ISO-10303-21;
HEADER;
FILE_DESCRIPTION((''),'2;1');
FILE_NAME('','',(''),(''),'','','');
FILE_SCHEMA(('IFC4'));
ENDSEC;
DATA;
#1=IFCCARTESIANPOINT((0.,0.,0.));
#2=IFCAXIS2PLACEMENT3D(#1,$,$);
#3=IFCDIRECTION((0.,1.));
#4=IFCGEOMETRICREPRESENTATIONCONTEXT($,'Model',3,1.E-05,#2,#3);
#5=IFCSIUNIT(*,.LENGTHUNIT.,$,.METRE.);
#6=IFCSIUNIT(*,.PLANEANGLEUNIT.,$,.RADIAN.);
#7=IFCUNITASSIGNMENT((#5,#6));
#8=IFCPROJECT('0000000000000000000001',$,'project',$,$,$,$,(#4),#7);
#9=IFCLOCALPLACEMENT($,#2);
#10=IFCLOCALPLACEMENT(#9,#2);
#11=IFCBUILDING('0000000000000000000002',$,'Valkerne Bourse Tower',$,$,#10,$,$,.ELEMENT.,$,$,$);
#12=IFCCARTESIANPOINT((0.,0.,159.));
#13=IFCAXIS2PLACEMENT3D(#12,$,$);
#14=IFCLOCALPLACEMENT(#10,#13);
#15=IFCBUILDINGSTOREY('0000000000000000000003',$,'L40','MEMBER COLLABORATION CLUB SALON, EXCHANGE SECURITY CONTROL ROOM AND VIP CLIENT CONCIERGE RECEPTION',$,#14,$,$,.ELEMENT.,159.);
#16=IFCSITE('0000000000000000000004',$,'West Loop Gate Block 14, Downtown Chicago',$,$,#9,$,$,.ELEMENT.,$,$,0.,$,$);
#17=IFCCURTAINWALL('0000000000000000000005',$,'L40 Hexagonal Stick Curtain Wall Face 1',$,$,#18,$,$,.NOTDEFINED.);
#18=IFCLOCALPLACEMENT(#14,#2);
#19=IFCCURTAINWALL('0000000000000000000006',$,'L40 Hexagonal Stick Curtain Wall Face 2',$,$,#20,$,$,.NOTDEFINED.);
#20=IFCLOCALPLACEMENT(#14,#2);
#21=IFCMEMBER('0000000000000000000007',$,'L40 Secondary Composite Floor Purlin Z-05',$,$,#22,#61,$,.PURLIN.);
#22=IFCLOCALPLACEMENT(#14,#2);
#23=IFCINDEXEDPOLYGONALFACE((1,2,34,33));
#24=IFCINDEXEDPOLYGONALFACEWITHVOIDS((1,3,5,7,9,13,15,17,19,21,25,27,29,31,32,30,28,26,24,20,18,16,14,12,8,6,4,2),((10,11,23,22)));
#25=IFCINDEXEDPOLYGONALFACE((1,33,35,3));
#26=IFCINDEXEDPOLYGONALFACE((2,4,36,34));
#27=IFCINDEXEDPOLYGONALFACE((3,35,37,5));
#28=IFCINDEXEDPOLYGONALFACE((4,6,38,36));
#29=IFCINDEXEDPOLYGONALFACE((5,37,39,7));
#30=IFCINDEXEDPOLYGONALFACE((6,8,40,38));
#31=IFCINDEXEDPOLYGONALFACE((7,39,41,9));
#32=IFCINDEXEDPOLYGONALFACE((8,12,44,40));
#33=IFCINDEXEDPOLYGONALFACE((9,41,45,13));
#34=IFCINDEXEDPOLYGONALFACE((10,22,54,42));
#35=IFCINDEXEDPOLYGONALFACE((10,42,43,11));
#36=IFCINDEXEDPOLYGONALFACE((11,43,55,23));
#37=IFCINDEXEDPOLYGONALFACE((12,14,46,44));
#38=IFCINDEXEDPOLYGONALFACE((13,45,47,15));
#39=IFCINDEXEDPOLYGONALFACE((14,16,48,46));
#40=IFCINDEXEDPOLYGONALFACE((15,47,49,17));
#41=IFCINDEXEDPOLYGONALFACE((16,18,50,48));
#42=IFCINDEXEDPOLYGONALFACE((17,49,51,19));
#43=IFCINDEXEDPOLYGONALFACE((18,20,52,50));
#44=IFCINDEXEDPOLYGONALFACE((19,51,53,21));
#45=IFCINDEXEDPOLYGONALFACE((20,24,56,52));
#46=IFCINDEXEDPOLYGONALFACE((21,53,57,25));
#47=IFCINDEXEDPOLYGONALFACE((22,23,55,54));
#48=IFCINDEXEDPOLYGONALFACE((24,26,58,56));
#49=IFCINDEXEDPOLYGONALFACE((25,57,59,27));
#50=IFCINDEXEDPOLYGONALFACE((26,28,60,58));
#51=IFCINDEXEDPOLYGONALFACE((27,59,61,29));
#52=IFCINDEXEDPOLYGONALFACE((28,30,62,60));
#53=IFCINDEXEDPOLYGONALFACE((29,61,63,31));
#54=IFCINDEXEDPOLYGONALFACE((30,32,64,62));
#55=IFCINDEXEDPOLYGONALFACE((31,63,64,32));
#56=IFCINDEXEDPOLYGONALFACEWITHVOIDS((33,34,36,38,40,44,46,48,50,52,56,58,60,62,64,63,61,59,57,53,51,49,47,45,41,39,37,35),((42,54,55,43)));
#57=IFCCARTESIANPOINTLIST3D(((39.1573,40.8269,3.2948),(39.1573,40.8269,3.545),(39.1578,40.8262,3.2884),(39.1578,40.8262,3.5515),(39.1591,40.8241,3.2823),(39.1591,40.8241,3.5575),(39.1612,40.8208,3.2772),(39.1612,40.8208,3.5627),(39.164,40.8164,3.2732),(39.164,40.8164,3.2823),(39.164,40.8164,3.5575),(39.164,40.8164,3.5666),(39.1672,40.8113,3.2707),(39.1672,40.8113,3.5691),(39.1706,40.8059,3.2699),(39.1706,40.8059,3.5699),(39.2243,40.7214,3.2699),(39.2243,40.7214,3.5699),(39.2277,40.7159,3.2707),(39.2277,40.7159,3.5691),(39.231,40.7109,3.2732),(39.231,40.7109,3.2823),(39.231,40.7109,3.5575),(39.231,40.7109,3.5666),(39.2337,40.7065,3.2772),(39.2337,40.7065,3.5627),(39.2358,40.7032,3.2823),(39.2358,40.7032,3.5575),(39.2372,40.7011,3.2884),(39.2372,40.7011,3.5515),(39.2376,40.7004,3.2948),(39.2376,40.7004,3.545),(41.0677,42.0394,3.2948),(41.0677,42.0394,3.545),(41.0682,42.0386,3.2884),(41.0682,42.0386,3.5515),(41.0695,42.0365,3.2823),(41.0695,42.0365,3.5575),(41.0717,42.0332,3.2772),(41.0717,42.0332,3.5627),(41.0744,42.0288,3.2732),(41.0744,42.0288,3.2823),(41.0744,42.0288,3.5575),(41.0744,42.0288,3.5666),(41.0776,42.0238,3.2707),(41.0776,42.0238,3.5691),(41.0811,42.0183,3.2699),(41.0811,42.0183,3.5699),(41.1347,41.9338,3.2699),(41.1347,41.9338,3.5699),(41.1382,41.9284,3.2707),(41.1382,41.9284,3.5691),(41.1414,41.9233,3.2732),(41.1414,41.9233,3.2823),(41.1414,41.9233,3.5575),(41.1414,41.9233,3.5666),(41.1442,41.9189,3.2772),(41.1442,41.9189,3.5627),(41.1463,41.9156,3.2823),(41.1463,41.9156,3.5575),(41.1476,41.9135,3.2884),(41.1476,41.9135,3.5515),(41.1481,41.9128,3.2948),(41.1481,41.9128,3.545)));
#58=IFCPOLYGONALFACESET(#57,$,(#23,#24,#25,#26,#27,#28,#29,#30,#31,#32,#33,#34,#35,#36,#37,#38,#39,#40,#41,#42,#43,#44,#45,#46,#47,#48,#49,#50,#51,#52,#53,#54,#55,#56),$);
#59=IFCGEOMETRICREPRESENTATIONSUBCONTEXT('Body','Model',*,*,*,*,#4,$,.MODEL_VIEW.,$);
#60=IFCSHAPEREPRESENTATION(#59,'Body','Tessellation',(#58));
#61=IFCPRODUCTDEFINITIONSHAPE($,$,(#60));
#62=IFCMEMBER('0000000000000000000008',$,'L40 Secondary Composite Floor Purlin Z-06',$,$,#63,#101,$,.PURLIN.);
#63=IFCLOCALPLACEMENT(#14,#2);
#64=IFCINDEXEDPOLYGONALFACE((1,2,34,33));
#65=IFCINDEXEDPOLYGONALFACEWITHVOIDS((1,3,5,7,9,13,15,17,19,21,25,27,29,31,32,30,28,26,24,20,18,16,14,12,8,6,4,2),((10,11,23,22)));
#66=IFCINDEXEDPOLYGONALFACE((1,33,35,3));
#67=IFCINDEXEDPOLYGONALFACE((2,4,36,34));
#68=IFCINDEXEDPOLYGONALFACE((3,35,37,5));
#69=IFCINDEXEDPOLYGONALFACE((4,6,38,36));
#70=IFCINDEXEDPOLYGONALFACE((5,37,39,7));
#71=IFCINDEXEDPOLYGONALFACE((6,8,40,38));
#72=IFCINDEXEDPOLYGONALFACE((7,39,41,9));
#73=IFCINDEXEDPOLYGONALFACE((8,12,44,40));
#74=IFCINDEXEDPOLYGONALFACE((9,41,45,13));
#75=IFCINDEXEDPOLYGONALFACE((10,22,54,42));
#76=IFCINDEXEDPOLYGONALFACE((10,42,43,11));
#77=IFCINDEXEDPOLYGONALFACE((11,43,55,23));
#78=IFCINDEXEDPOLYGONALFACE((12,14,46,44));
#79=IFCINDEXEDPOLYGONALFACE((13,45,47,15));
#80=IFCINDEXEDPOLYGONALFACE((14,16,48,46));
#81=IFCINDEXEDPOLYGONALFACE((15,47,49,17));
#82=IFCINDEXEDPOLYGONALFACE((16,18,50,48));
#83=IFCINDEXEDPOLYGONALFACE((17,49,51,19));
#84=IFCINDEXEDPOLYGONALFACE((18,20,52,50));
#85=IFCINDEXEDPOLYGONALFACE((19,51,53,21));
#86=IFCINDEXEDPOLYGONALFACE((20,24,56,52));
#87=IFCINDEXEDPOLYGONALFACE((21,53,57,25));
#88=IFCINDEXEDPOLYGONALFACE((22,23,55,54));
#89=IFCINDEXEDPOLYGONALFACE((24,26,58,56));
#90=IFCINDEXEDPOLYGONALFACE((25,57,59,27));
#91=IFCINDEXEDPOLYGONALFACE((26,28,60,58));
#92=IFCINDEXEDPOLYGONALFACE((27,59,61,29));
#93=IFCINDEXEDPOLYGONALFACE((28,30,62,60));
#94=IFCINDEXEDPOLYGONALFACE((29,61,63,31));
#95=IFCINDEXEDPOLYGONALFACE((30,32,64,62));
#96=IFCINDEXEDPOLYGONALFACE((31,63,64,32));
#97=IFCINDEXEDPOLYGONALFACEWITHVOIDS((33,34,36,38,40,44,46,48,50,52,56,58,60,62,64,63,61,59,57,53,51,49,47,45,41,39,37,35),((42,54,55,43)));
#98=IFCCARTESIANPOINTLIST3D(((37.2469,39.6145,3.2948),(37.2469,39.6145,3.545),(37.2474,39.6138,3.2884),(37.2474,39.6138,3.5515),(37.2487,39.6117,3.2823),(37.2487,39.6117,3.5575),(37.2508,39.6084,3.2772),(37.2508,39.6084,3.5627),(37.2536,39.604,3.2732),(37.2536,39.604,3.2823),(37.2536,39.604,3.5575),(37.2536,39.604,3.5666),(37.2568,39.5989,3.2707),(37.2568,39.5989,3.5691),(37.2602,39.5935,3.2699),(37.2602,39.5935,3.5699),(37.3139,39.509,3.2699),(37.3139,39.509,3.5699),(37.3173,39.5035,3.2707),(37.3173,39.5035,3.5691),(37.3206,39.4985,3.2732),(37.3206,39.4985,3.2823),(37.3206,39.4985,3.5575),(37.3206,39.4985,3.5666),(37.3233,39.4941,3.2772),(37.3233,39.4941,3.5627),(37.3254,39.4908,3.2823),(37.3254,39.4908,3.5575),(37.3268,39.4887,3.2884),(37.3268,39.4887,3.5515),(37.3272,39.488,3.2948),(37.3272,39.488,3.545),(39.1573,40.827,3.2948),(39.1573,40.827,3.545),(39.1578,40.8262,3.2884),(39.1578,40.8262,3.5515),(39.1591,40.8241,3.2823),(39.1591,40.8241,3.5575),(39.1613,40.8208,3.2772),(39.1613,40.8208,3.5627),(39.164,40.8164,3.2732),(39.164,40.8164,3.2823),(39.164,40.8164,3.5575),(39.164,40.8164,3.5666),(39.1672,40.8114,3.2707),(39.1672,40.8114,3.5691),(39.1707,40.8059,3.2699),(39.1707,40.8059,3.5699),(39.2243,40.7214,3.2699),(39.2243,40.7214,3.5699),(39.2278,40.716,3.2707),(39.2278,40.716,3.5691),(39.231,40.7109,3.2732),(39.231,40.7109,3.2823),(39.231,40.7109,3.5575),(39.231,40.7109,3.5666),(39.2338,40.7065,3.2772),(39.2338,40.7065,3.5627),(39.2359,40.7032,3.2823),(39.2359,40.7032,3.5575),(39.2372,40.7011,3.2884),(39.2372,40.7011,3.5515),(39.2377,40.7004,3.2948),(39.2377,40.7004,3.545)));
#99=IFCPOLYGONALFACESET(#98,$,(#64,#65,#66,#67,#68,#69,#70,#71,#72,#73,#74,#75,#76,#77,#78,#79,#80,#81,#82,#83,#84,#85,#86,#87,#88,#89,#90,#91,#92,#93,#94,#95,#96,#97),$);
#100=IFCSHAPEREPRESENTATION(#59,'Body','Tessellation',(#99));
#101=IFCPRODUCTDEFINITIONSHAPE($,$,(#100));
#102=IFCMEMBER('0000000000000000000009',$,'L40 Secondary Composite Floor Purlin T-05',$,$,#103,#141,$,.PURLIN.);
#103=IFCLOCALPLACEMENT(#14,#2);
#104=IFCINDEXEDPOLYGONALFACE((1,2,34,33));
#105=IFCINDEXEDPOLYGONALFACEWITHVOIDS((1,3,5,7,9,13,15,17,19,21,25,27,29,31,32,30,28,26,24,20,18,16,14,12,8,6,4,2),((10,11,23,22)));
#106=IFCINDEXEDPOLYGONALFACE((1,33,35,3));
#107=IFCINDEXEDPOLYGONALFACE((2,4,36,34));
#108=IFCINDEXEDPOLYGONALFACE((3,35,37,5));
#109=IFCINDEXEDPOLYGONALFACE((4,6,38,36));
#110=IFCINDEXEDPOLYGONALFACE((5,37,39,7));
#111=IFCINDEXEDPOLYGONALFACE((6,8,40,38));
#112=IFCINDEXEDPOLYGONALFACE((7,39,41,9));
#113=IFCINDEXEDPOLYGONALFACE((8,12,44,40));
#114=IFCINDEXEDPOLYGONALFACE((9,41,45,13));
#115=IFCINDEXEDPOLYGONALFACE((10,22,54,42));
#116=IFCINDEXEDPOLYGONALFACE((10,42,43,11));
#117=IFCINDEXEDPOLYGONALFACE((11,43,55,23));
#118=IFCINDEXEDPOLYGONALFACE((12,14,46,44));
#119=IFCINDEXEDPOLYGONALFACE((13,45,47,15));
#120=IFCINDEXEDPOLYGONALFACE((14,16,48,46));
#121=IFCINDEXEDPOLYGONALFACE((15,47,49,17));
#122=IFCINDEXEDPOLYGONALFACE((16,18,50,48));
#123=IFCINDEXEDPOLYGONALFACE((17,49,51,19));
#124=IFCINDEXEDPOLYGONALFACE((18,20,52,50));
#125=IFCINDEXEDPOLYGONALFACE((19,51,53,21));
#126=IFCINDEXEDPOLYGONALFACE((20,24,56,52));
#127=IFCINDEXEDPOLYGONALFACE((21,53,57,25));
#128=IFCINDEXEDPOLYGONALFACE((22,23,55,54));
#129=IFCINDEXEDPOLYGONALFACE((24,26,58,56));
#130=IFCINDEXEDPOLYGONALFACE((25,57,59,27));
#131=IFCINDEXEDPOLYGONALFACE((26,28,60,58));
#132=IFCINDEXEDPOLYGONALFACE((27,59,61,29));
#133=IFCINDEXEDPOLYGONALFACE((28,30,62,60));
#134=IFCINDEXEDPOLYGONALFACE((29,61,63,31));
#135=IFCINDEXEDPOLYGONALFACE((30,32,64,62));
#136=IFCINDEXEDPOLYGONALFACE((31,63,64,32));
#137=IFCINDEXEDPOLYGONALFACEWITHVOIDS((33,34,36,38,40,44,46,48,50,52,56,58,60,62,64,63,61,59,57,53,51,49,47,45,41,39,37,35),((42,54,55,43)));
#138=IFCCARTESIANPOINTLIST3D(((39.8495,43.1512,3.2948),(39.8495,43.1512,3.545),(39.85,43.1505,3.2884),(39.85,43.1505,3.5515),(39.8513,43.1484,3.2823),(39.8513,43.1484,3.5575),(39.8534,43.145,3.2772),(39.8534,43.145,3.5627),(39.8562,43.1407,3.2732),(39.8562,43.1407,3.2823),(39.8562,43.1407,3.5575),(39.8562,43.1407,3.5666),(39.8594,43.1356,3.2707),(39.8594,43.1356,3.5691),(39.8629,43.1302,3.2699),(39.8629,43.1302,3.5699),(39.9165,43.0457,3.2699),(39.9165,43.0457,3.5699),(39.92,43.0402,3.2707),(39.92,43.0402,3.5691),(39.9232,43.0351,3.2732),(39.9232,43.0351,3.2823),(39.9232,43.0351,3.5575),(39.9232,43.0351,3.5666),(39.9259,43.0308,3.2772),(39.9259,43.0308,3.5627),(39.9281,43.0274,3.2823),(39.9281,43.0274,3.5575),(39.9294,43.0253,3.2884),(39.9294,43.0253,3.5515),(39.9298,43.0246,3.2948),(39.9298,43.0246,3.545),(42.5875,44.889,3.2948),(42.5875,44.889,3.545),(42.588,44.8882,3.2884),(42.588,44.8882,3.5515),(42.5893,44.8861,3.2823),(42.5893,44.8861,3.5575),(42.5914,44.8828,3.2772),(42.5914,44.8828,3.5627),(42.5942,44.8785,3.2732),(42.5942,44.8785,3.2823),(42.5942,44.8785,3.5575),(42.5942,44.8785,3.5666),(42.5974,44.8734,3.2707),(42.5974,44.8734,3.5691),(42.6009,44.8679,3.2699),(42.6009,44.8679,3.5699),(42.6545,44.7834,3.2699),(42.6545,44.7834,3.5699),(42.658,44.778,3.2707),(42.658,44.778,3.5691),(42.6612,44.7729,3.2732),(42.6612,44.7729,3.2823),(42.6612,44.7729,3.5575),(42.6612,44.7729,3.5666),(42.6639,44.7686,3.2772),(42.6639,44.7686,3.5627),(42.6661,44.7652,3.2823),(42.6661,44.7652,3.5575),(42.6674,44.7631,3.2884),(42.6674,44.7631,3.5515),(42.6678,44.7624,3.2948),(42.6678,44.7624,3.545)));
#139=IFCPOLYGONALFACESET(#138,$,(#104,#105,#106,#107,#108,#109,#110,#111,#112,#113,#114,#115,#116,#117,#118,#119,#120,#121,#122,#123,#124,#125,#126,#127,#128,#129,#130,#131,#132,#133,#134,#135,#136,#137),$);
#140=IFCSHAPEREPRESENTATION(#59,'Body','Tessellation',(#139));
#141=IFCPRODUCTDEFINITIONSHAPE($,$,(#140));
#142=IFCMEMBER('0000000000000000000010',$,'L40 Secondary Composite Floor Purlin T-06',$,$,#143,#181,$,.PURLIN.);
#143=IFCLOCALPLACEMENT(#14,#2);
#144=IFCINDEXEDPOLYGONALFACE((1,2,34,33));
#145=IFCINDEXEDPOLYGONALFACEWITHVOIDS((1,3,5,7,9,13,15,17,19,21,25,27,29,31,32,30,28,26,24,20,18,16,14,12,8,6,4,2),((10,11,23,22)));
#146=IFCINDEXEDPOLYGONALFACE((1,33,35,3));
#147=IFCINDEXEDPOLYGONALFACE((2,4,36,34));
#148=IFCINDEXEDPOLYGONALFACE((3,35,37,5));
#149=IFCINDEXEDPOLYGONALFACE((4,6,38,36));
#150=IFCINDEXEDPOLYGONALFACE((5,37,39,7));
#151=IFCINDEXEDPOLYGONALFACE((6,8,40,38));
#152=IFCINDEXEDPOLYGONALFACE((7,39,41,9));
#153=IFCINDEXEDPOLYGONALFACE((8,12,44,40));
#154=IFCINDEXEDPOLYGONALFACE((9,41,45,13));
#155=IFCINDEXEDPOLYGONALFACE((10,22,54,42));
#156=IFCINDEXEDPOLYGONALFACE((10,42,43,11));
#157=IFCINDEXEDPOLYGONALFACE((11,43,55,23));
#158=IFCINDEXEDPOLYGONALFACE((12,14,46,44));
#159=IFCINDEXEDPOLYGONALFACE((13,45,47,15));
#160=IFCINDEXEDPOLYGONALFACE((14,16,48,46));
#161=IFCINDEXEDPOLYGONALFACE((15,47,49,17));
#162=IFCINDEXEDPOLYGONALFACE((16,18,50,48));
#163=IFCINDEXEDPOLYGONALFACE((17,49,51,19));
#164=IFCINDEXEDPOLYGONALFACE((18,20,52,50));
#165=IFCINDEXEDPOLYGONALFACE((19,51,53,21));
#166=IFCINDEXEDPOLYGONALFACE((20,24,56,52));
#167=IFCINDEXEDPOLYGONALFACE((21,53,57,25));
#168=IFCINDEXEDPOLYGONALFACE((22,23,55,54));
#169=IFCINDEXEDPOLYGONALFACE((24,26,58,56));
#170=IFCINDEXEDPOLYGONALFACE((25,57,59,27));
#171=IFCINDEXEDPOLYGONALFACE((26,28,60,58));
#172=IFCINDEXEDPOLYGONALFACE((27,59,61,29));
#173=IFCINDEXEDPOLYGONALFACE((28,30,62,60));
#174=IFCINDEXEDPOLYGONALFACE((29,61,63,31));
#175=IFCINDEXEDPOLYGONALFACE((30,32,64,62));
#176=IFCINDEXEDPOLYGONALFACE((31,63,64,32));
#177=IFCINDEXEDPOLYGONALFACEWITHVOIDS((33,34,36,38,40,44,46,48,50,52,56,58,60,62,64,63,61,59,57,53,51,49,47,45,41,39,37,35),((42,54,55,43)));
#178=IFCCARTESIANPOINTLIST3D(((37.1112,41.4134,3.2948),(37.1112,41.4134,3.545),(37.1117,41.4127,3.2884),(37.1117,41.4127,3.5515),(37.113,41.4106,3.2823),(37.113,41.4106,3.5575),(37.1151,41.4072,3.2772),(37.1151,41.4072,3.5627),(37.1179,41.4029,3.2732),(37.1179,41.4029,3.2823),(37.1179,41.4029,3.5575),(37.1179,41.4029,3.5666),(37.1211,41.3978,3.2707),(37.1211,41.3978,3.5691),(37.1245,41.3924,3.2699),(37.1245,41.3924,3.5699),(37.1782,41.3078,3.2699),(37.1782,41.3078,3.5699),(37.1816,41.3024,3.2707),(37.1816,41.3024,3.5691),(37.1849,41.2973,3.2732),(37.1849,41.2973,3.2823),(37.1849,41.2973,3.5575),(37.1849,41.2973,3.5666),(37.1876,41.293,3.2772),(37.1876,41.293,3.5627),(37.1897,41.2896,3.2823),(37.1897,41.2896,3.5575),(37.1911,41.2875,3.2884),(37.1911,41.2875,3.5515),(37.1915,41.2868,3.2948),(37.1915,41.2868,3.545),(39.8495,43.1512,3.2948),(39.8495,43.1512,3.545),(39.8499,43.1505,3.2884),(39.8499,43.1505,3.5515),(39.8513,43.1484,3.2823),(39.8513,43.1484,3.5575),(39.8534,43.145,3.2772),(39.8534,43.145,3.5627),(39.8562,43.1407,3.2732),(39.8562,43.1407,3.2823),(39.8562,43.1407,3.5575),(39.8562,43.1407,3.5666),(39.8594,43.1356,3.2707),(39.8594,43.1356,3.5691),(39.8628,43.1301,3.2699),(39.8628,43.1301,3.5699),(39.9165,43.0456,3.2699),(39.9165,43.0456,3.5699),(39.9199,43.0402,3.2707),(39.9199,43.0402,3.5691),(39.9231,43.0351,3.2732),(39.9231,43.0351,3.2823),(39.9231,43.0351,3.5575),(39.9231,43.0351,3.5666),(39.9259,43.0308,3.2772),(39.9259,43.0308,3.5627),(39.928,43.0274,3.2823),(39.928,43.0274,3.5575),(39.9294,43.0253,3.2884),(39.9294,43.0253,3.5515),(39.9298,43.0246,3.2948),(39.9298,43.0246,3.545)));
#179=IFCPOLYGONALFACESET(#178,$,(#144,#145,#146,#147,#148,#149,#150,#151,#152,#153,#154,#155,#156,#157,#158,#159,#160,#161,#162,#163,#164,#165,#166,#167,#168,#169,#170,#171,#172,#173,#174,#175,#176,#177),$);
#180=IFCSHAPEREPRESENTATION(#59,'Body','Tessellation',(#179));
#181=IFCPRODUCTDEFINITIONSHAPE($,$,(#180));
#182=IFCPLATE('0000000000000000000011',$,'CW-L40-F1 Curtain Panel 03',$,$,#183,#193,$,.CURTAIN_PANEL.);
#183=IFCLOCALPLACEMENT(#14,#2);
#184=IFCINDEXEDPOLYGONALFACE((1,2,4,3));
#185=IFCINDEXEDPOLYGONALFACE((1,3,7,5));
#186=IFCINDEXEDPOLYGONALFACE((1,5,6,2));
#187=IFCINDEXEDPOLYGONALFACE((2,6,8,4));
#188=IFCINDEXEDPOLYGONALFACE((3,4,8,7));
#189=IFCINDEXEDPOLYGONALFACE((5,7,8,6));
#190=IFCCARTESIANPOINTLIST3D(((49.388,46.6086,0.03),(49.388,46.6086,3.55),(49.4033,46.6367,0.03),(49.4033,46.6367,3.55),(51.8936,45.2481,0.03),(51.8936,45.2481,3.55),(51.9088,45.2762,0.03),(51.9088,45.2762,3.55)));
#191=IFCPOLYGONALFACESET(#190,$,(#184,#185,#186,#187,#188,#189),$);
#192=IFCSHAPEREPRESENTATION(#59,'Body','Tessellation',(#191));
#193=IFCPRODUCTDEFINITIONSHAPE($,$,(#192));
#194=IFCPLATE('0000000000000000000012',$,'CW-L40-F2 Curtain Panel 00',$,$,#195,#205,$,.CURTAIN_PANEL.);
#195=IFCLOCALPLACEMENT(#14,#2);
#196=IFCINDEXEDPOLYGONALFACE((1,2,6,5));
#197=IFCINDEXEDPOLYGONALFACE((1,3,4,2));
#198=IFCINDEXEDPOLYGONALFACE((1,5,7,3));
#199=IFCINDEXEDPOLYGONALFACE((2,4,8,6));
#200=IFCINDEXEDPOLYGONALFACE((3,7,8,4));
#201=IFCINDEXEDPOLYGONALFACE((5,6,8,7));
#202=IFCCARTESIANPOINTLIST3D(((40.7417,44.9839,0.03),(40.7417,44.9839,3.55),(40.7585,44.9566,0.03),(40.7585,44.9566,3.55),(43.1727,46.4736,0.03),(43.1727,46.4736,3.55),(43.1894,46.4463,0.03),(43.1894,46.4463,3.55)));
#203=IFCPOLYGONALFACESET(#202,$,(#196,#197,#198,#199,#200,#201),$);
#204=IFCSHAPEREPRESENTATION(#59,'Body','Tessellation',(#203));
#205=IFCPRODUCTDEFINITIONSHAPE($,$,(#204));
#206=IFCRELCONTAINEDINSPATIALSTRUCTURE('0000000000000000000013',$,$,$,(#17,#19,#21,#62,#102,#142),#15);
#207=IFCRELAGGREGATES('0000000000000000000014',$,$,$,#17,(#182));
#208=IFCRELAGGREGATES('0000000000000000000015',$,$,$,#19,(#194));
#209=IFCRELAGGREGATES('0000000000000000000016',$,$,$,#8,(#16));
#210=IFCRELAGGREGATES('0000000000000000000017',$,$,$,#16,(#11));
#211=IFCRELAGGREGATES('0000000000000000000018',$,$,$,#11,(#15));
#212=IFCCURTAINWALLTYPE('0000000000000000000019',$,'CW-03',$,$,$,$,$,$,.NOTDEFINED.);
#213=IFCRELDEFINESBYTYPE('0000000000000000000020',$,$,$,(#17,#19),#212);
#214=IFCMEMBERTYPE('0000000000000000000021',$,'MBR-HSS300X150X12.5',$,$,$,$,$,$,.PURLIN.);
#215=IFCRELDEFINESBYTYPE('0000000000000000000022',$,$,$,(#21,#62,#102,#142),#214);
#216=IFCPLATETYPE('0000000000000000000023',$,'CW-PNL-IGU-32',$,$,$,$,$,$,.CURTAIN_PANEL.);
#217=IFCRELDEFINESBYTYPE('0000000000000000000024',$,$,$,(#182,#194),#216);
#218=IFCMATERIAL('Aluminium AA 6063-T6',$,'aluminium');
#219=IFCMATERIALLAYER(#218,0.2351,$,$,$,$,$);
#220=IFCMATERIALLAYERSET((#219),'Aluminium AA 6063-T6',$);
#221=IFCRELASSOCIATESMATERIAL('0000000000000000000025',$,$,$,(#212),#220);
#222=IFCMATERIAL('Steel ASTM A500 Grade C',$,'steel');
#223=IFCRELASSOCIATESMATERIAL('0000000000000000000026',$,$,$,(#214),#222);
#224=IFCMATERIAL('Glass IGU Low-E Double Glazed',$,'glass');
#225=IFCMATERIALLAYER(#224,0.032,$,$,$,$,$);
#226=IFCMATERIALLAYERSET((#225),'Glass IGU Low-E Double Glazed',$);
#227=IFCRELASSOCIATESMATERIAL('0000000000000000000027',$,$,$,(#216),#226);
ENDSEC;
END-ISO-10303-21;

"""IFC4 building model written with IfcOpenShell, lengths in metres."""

from ifc_helpers import new_model, si_unit, direction, frame, origin, origin_2d, place, context, subcontext, project, spatial, rectangle, hollow_rectangle, extrude, material, layer, layer_set, material_profile, profile_set, type_object, element, aggregate, save


model = new_model("IFC4")

# Units and contexts
model_context = context("Model", 3, precision=1e-05, world=origin(), true_north=direction((0.0, 1.0)))
body_context = subcontext(model_context, "Body", "Model", "MODEL_VIEW")
ifc_project = project(units=[si_unit("LENGTHUNIT", "METRE"), si_unit("PLANEANGLEUNIT", "RADIAN")], contexts=[model_context])

# Site, building, storey
site_placement = place(None, origin())
site = spatial("IfcSite", under=ifc_project, at=site_placement, Name="West Loop Gate Block 14, Downtown Chicago", CompositionType="ELEMENT", RefElevation=0.0)
building_placement = place(site_placement, origin())
building = spatial("IfcBuilding", under=site, at=building_placement, Name="Valkerne Bourse Tower", CompositionType="ELEMENT")
storey_placement = place(building_placement, frame((0.0, 0.0, 159.0)))
storey = spatial("IfcBuildingStorey", under=building, at=storey_placement, Name="L40", Description="MEMBER COLLABORATION CLUB SALON, EXCHANGE SECURITY CONTROL ROOM AND VIP CLIENT CONCIERGE RECEPTION", CompositionType="ELEMENT", Elevation=159.0)

# Curtain wall
ifc_material_1 = material(Name="Aluminium AA 6063-T6", Category="aluminium")
ifc_layer_1 = layer(ifc_material_1, 0.2351)
ifc_layer_set_1 = layer_set([ifc_layer_1], Name="Aluminium AA 6063-T6")
curtain_wall_type = type_object("IfcCurtainWallType", Name="CW-03", PredefinedType="NOTDEFINED", material=ifc_layer_set_1)
curtain_wall_1_placement = place(storey_placement, origin())
curtain_wall_1 = element("IfcCurtainWall", 1, at=curtain_wall_1_placement, inside=storey, type_object=curtain_wall_type, Name="L40 Hexagonal Stick Curtain Wall Face 1", PredefinedType="NOTDEFINED")

# Curtain wall
curtain_wall_2_placement = place(storey_placement, origin())
curtain_wall_2 = element("IfcCurtainWall", 2, at=curtain_wall_2_placement, inside=storey, type_object=curtain_wall_type, Name="L40 Hexagonal Stick Curtain Wall Face 2", PredefinedType="NOTDEFINED")

# Members
ifc_material_2 = material(Name="Steel ASTM A500 Grade C", Category="steel")
ifc_material_profile_1 = material_profile(ifc_material_2, hollow_rectangle(XDim=0.1499, YDim=0.3, WallThickness=0.0125, OuterFilletRadius=0.0249, at=origin_2d()), Name="HSS300X150X12.5")
ifc_profile_set_1 = profile_set([ifc_material_profile_1], Name="Steel ASTM A500 Grade C")
member_type_1 = type_object("IfcMemberType", Name="MBR-HSS300X150X12.5", PredefinedType="PURLIN", material=ifc_profile_set_1)
for number, where, z_axis, x_axis, name in (
    (3, (41.1079, 41.9761, 3.4199), (-0.844323, -0.535835, 0.0), (0.535835, -0.844323, 0.0), "L40 Secondary Composite Floor Purlin Z-05"),
    (4, (39.1975, 40.7637, 3.4199), (-0.844323, -0.535835, 0.0), (0.535835, -0.844323, 0.0), "L40 Secondary Composite Floor Purlin Z-06"),
):
    element("IfcMember", number, at=place(storey_placement, frame(where, z_axis=z_axis, x_axis=x_axis)), inside=storey, type_object=member_type_1, Name=name, PredefinedType="PURLIN", context=body_context, shape_type="SweptSolid", body=[
        extrude(hollow_rectangle(XDim=0.1499, YDim=0.3, WallThickness=0.0125, OuterFilletRadius=0.0249, at=origin_2d()), origin(), (0.0, 0.0, 1.0), 2.2627),
    ])
member_1_placement = place(storey_placement, frame((42.6277, 44.8257, 3.4199), z_axis=(-0.844303, -0.535867, 0.0), x_axis=(0.535867, -0.844303, 0.0)))
element("IfcMember", 5, at=member_1_placement, inside=storey, type_object=member_type_1, Name="L40 Secondary Composite Floor Purlin T-05", PredefinedType="PURLIN", context=body_context, shape_type="SweptSolid", body=[
    extrude(hollow_rectangle(XDim=0.1499, YDim=0.3, WallThickness=0.0125, OuterFilletRadius=0.0249, at=origin_2d()), origin(), (0.0, 0.0, 1.0), 3.2429),
])
member_2_placement = place(storey_placement, frame((39.8896, 43.0879, 3.4199), z_axis=(-0.844324, -0.535833, 0.0), x_axis=(0.535833, -0.844324, 0.0)))
element("IfcMember", 6, at=member_2_placement, inside=storey, type_object=member_type_1, Name="L40 Secondary Composite Floor Purlin T-06", PredefinedType="PURLIN", context=body_context, shape_type="SweptSolid", body=[
    extrude(hollow_rectangle(XDim=0.1499, YDim=0.3, WallThickness=0.0125, OuterFilletRadius=0.0249, at=origin_2d()), origin(), (0.0, 0.0, 1.0), 3.2432),
])

# Plates
ifc_material_3 = material(Name="Glass IGU Low-E Double Glazed", Category="glass")
ifc_layer_2 = layer(ifc_material_3, 0.032)
ifc_layer_set_2 = layer_set([ifc_layer_2], Name="Glass IGU Low-E Double Glazed")
plate_type = type_object("IfcPlateType", Name="CW-PNL-IGU-32", PredefinedType="CURTAIN_PANEL", material=ifc_layer_set_2)
plate_1_placement = place(storey_placement, frame((50.6484, 45.9424, 0.03), z_axis=(0.0, 0.0, 1.0), x_axis=(-0.878812, 0.477168, 0.0)))
plate_1 = element("IfcPlate", 7, at=plate_1_placement, type_object=plate_type, Name="CW-L40-F1 Curtain Panel 03", PredefinedType="CURTAIN_PANEL", context=body_context, shape_type="SweptSolid", body=[
    extrude(rectangle(XDim=2.8511, YDim=0.032, at=origin_2d()), origin(), (0.0, 0.0, 1.0), 3.52),
])
aggregate(curtain_wall_1, [plate_1])
plate_2_placement = place(storey_placement, frame((41.9656, 45.7151, 0.03), z_axis=(0.0, 0.0, 1.0), x_axis=(-0.852645, -0.522491, 0.0)))
plate_2 = element("IfcPlate", 8, at=plate_2_placement, type_object=plate_type, Name="CW-L40-F2 Curtain Panel 00", PredefinedType="CURTAIN_PANEL", context=body_context, shape_type="SweptSolid", body=[
    extrude(rectangle(XDim=2.8511, YDim=0.032, at=origin_2d()), origin(), (0.0, 0.0, 1.0), 3.52),
])
aggregate(curtain_wall_2, [plate_2])

save(model, "model.ifc")
